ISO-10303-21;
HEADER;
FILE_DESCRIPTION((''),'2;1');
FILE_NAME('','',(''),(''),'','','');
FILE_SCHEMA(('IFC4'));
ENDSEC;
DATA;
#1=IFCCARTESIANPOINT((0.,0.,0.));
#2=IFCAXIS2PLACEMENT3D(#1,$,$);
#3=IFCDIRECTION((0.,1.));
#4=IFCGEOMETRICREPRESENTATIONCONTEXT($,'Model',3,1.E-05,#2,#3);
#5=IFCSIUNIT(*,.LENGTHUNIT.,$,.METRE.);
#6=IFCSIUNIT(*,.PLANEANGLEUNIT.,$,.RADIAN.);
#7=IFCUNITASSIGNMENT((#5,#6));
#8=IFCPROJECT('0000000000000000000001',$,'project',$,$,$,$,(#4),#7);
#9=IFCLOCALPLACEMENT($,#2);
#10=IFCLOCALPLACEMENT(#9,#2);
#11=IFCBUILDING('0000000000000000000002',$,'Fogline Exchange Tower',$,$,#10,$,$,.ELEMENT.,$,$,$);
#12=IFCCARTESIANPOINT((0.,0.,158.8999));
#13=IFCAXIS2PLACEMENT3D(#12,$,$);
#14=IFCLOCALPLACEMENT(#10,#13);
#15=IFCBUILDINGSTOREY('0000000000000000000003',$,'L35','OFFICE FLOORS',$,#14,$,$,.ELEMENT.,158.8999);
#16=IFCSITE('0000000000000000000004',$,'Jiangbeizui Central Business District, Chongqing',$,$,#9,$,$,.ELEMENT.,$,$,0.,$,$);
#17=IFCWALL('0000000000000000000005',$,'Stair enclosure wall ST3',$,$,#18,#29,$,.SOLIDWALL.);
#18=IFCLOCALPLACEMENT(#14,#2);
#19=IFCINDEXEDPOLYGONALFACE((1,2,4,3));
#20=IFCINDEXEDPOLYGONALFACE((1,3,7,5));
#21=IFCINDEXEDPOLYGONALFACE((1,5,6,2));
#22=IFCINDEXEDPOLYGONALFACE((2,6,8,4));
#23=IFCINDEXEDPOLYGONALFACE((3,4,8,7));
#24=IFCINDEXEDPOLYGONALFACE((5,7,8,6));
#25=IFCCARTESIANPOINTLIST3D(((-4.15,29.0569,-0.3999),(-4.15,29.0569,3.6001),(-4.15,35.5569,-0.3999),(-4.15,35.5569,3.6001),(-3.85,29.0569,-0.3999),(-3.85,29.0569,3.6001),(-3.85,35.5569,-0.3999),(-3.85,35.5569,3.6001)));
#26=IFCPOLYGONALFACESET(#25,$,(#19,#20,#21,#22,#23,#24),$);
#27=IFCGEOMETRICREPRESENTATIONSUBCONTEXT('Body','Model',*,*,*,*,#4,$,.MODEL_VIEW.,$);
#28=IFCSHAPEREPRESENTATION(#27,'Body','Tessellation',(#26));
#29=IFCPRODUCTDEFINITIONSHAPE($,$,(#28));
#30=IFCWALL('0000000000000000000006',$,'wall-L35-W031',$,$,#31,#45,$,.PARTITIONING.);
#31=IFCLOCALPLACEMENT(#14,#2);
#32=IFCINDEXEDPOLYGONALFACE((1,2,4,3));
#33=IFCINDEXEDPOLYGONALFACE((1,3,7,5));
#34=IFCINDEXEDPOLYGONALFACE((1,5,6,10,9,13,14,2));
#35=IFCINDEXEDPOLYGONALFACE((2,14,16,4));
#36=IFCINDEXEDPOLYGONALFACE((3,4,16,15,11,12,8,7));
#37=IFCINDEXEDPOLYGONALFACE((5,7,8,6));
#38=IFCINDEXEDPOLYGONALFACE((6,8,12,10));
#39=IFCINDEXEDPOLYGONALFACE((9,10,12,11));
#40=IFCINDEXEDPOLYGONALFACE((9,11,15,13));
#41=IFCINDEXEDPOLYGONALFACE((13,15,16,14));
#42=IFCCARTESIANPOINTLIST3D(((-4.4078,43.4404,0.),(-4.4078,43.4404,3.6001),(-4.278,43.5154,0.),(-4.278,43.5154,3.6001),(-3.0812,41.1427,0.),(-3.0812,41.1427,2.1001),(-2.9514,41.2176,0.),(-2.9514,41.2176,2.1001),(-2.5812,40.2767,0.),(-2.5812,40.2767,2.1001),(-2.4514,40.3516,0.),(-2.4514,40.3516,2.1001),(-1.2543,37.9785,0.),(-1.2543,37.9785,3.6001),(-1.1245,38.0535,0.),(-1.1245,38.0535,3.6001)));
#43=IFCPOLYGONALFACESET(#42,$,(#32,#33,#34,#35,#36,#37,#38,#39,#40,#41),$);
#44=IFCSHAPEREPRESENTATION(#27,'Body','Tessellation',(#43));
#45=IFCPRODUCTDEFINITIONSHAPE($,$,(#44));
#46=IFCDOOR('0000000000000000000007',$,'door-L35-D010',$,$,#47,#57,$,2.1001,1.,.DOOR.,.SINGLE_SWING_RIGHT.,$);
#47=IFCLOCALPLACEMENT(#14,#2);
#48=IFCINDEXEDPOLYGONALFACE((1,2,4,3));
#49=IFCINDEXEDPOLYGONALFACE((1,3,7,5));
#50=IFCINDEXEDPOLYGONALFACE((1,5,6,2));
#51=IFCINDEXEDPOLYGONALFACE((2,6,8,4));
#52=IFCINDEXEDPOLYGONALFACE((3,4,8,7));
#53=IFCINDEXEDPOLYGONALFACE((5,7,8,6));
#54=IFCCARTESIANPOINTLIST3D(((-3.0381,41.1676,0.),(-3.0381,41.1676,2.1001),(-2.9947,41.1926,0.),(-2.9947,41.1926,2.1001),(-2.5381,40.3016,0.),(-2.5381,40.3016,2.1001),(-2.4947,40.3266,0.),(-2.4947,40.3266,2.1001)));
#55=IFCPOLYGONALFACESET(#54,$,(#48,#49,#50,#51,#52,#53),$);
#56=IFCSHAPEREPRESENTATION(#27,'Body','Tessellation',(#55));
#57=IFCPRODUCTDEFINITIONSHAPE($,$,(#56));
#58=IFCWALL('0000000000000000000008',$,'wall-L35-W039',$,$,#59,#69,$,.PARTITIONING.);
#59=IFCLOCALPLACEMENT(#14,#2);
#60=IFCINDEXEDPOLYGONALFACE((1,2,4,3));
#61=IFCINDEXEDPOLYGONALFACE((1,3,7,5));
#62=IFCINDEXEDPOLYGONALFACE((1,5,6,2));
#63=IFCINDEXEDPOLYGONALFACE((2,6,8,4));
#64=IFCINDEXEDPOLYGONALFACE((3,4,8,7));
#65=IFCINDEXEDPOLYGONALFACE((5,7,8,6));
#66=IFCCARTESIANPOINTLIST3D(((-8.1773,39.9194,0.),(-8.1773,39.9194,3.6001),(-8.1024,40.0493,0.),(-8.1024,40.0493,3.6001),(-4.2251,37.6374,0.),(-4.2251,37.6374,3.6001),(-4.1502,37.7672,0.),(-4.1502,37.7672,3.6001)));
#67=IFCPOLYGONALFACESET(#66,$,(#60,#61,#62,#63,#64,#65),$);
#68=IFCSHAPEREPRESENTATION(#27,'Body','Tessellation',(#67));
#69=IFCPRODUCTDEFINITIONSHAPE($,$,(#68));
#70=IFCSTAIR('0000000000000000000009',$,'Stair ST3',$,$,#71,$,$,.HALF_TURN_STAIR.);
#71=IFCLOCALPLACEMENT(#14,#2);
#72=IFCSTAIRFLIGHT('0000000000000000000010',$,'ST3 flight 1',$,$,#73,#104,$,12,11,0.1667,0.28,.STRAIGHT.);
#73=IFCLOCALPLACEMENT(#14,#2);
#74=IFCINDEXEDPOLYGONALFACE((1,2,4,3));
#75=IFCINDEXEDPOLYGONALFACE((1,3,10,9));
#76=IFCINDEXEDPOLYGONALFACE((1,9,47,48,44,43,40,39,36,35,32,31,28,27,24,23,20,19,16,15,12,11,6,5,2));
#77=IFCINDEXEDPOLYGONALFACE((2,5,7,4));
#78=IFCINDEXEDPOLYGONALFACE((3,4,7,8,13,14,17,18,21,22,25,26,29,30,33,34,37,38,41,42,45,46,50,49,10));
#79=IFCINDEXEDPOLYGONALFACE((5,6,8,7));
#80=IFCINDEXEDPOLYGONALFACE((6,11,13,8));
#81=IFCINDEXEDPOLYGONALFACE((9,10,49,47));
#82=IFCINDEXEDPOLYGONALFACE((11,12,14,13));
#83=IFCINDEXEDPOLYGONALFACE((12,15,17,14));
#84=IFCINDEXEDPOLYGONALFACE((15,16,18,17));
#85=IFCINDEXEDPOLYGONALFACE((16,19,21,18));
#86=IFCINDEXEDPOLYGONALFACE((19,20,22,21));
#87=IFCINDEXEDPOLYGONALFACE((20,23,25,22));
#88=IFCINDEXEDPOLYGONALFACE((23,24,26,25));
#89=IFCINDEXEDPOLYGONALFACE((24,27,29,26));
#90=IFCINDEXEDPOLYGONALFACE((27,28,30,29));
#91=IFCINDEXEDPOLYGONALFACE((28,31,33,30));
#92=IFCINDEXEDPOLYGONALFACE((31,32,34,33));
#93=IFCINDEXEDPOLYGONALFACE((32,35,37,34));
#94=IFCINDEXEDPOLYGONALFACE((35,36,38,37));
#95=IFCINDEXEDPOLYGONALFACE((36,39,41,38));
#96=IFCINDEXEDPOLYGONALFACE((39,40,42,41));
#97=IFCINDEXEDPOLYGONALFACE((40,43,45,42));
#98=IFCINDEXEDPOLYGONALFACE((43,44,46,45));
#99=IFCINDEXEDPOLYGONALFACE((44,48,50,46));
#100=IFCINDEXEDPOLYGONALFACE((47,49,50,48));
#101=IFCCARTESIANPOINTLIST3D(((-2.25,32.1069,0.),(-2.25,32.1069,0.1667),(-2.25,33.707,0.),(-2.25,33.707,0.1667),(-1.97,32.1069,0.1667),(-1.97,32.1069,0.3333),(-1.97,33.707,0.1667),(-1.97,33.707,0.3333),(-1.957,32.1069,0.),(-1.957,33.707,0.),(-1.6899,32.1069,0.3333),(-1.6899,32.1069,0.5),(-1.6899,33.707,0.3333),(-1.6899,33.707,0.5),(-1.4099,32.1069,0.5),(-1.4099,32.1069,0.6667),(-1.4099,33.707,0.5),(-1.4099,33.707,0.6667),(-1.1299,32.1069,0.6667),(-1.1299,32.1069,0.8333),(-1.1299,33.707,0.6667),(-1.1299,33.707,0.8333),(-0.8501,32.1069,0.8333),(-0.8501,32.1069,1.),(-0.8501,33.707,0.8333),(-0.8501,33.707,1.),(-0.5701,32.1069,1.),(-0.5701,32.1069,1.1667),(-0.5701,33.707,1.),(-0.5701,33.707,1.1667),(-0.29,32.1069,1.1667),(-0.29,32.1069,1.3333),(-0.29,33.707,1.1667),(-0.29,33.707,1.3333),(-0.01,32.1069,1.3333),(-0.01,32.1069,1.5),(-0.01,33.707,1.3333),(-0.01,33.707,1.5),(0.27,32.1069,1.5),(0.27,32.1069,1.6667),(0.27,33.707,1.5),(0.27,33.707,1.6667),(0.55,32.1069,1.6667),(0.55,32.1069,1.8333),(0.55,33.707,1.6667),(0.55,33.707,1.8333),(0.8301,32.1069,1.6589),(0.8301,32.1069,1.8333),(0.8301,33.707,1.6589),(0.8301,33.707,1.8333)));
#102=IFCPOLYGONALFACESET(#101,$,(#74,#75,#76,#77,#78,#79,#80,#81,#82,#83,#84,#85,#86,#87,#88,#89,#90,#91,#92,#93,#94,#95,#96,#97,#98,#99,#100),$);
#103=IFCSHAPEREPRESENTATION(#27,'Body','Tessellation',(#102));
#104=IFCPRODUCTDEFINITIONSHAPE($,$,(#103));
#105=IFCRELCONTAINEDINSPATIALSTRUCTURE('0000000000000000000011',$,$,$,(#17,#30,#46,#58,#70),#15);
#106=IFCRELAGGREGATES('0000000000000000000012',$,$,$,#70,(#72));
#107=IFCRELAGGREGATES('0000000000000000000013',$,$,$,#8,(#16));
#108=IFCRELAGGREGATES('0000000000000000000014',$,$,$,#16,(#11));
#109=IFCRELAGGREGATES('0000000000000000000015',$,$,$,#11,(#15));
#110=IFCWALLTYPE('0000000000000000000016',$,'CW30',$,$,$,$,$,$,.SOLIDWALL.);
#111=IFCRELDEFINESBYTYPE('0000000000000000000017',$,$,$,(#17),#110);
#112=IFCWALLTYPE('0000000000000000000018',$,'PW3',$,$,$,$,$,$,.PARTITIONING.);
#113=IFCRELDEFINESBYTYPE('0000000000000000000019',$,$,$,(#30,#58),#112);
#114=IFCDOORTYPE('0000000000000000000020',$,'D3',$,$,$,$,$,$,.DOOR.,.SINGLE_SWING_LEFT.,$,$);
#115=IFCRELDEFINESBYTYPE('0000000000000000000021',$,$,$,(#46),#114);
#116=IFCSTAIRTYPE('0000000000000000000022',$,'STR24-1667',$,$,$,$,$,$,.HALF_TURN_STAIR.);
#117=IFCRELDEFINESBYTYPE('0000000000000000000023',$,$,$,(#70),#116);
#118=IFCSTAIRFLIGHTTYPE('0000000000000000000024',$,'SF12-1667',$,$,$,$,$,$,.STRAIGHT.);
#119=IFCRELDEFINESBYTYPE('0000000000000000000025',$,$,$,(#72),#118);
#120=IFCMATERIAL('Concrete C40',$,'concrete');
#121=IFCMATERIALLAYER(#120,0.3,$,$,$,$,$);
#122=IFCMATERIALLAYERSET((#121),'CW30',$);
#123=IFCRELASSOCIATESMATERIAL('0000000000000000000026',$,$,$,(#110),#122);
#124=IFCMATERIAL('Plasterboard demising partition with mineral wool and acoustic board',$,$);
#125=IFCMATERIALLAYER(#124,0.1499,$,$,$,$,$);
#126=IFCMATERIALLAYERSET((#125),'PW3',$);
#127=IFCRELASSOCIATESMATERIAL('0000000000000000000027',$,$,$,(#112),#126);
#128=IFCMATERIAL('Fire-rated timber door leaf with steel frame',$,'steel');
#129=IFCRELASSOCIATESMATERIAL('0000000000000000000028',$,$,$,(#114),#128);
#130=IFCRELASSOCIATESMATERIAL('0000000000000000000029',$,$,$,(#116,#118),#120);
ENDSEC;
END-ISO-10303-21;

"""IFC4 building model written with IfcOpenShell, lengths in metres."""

from ifc_helpers import new_model, si_unit, direction, frame, frame_2d, origin, place, context, subcontext, project, spatial, polyline, rectangle, outline, extrude, material, layer, layer_set, type_object, element, fill, aggregate, save


model = new_model("IFC4")

# Units and contexts
model_context = context("Model", 3, precision=1e-05, world=origin(), true_north=direction((0.0, 1.0)))
body_context = subcontext(model_context, "Body", "Model", "MODEL_VIEW")
ifc_project = project(units=[si_unit("LENGTHUNIT", "METRE"), si_unit("PLANEANGLEUNIT", "RADIAN")], contexts=[model_context])

# Site, building, storey
site_placement = place(None, origin())
site = spatial("IfcSite", under=ifc_project, at=site_placement, Name="Jiangbeizui Central Business District, Chongqing", CompositionType="ELEMENT", RefElevation=0.0)
building_placement = place(site_placement, origin())
building = spatial("IfcBuilding", under=site, at=building_placement, Name="Fogline Exchange Tower", CompositionType="ELEMENT")
storey_placement = place(building_placement, frame((0.0, 0.0, 158.8999)))
storey = spatial("IfcBuildingStorey", under=building, at=storey_placement, Name="L35", Description="OFFICE FLOORS", CompositionType="ELEMENT", Elevation=158.8999)

# Shared definitions
ifc_material_1 = material(Name="Concrete C40", Category="concrete")

# Shared definitions
ifc_layer_1 = layer(ifc_material_1, 0.3)
ifc_layer_set_1 = layer_set([ifc_layer_1], Name="CW30")
wall_type_1 = type_object("IfcWallType", Name="CW30", PredefinedType="SOLIDWALL", material=ifc_layer_set_1)

# Wall
wall_1_placement = place(storey_placement, frame((-4.0, 29.0569, -0.3999), z_axis=(0.0, 0.0, 1.0), x_axis=(0.0, 1.0, 0.0)))
element("IfcWall", 1, at=wall_1_placement, inside=storey, type_object=wall_type_1, Name="Stair enclosure wall ST3", PredefinedType="SOLIDWALL", context=body_context, shape_type="SweptSolid", body=[
    extrude(rectangle(XDim=6.5, YDim=0.3, at=frame_2d((3.25, 0.0))), origin(), (0.0, 0.0, 1.0), 4.0),
])

# Wall, opening, door
ifc_material_2 = material(Name="Plasterboard demising partition with mineral wool and acoustic board")
ifc_layer_2 = layer(ifc_material_2, 0.1499)
ifc_layer_set_2 = layer_set([ifc_layer_2], Name="PW3")
wall_type_2 = type_object("IfcWallType", Name="PW3", PredefinedType="PARTITIONING", material=ifc_layer_set_2)
wall_2_placement = place(storey_placement, frame((-1.1895, 38.0161, 0.0), z_axis=(0.0, 0.0, 1.0), x_axis=(-0.500015, 0.866017, 0.0)))
wall_2 = element("IfcWall", 2, at=wall_2_placement, inside=storey, type_object=wall_type_2, Name="wall-L35-W031", PredefinedType="PARTITIONING", context=body_context, shape_type="SweptSolid", body=[
    extrude(rectangle(XDim=6.3069, YDim=0.1499, at=frame_2d((3.1533, 0.0))), origin(), (0.0, 0.0, 1.0), 3.6001),
])
opening_1_placement = place(wall_2_placement, frame((2.6536, 0.0, 0.0)))
opening_1 = element("IfcOpeningElement", 3, at=opening_1_placement, cuts=wall_2, PredefinedType="OPENING", context=body_context, shape_type="SweptSolid", body=[
    extrude(rectangle(XDim=1.0, YDim=2.1001, at=frame_2d((0.5, 1.05))), frame((0.0, 0.085, 0.0), z_axis=(0.0, -1.0, 0.0), x_axis=(1.0, 0.0, 0.0)), (0.0, 0.0, 1.0), 0.1699),
])
ifc_material_3 = material(Name="Fire-rated timber door leaf with steel frame", Category="steel")
door_type_1 = type_object("IfcDoorType", Name="D3", OperationType="SINGLE_SWING_LEFT", PredefinedType="DOOR", material=ifc_material_3)
door_1_placement = place(opening_1_placement, frame((1.0, 0.0, 0.0), z_axis=(0.0, 0.0, 1.0), x_axis=(-1.0, 0.0, 0.0)))
door_1 = element("IfcDoor", 4, at=door_1_placement, inside=storey, type_object=door_type_1, Name="door-L35-D010", OperationType="SINGLE_SWING_RIGHT", OverallHeight=2.1001, OverallWidth=1.0, PredefinedType="DOOR", context=body_context, shape_type="SweptSolid", body=[
    extrude(rectangle(XDim=1.0, YDim=2.1001, at=frame_2d((0.5, 1.05))), frame((0.0, 0.0249, 0.0), z_axis=(0.0, -1.0, 0.0), x_axis=(1.0, 0.0, 0.0)), (0.0, 0.0, 1.0), 0.05),
])
fill(opening_1, door_1)

# Wall
wall_3_placement = place(storey_placement, frame((-4.1877, 37.7024, 0.0), z_axis=(0.0, 0.0, 1.0), x_axis=(-0.866006, 0.500034, 0.0)))
element("IfcWall", 5, at=wall_3_placement, inside=storey, type_object=wall_type_2, Name="wall-L35-W039", PredefinedType="PARTITIONING", context=body_context, shape_type="SweptSolid", body=[
    extrude(rectangle(XDim=4.5637, YDim=0.1499, at=frame_2d((2.2817, 0.0))), origin(), (0.0, 0.0, 1.0), 3.6001),
])

# Stair, stair flight
stair_type = type_object("IfcStairType", Name="STR24-1667", PredefinedType="HALF_TURN_STAIR", material=ifc_material_1)
stair_placement = place(storey_placement, origin())
stair = element("IfcStair", 6, at=stair_placement, inside=storey, type_object=stair_type, Name="Stair ST3", PredefinedType="HALF_TURN_STAIR")
stair_flight_type = type_object("IfcStairFlightType", Name="SF12-1667", PredefinedType="STRAIGHT", material=ifc_material_1)
stair_flight_placement = place(storey_placement, frame((-2.25, 32.907, 0.0), z_axis=(0.0, 0.0, 1.0), x_axis=(1.0, 0.0, 0.0)))
stair_flight = element("IfcStairFlight", 7, at=stair_flight_placement, type_object=stair_flight_type, Name="ST3 flight 1", NumberOfRisers=12, NumberOfTreads=11, PredefinedType="STRAIGHT", RiserHeight=0.1667, TreadLength=0.28, context=body_context, shape_type="SweptSolid", body=[
    extrude(outline(polyline([(0.0, 0.0), (0.0, 0.1667), (0.28, 0.1667), (0.28, 0.3333), (0.5601, 0.3333), (0.5601, 0.5), (0.8401, 0.5), (0.8401, 0.6667), (1.1201, 0.6667), (1.1201, 0.8333), (1.3999, 0.8333), (1.3999, 1.0), (1.6799, 1.0), (1.6799, 1.1667), (1.96, 1.1667), (1.96, 1.3333), (2.24, 1.3333), (2.24, 1.5), (2.52, 1.5), (2.52, 1.6667), (2.8, 1.6667), (2.8, 1.8333), (3.0801, 1.8333), (3.0801, 2.0), (3.0801, 1.6589), (0.293, 0.0), (0.0, 0.0)])), frame((0.0, 0.8, 0.0), z_axis=(0.0, -1.0, 0.0), x_axis=(1.0, 0.0, 0.0)), (0.0, 0.0, 1.0), 1.6001),
])
aggregate(stair, [stair_flight])

save(model, "model.ifc")
